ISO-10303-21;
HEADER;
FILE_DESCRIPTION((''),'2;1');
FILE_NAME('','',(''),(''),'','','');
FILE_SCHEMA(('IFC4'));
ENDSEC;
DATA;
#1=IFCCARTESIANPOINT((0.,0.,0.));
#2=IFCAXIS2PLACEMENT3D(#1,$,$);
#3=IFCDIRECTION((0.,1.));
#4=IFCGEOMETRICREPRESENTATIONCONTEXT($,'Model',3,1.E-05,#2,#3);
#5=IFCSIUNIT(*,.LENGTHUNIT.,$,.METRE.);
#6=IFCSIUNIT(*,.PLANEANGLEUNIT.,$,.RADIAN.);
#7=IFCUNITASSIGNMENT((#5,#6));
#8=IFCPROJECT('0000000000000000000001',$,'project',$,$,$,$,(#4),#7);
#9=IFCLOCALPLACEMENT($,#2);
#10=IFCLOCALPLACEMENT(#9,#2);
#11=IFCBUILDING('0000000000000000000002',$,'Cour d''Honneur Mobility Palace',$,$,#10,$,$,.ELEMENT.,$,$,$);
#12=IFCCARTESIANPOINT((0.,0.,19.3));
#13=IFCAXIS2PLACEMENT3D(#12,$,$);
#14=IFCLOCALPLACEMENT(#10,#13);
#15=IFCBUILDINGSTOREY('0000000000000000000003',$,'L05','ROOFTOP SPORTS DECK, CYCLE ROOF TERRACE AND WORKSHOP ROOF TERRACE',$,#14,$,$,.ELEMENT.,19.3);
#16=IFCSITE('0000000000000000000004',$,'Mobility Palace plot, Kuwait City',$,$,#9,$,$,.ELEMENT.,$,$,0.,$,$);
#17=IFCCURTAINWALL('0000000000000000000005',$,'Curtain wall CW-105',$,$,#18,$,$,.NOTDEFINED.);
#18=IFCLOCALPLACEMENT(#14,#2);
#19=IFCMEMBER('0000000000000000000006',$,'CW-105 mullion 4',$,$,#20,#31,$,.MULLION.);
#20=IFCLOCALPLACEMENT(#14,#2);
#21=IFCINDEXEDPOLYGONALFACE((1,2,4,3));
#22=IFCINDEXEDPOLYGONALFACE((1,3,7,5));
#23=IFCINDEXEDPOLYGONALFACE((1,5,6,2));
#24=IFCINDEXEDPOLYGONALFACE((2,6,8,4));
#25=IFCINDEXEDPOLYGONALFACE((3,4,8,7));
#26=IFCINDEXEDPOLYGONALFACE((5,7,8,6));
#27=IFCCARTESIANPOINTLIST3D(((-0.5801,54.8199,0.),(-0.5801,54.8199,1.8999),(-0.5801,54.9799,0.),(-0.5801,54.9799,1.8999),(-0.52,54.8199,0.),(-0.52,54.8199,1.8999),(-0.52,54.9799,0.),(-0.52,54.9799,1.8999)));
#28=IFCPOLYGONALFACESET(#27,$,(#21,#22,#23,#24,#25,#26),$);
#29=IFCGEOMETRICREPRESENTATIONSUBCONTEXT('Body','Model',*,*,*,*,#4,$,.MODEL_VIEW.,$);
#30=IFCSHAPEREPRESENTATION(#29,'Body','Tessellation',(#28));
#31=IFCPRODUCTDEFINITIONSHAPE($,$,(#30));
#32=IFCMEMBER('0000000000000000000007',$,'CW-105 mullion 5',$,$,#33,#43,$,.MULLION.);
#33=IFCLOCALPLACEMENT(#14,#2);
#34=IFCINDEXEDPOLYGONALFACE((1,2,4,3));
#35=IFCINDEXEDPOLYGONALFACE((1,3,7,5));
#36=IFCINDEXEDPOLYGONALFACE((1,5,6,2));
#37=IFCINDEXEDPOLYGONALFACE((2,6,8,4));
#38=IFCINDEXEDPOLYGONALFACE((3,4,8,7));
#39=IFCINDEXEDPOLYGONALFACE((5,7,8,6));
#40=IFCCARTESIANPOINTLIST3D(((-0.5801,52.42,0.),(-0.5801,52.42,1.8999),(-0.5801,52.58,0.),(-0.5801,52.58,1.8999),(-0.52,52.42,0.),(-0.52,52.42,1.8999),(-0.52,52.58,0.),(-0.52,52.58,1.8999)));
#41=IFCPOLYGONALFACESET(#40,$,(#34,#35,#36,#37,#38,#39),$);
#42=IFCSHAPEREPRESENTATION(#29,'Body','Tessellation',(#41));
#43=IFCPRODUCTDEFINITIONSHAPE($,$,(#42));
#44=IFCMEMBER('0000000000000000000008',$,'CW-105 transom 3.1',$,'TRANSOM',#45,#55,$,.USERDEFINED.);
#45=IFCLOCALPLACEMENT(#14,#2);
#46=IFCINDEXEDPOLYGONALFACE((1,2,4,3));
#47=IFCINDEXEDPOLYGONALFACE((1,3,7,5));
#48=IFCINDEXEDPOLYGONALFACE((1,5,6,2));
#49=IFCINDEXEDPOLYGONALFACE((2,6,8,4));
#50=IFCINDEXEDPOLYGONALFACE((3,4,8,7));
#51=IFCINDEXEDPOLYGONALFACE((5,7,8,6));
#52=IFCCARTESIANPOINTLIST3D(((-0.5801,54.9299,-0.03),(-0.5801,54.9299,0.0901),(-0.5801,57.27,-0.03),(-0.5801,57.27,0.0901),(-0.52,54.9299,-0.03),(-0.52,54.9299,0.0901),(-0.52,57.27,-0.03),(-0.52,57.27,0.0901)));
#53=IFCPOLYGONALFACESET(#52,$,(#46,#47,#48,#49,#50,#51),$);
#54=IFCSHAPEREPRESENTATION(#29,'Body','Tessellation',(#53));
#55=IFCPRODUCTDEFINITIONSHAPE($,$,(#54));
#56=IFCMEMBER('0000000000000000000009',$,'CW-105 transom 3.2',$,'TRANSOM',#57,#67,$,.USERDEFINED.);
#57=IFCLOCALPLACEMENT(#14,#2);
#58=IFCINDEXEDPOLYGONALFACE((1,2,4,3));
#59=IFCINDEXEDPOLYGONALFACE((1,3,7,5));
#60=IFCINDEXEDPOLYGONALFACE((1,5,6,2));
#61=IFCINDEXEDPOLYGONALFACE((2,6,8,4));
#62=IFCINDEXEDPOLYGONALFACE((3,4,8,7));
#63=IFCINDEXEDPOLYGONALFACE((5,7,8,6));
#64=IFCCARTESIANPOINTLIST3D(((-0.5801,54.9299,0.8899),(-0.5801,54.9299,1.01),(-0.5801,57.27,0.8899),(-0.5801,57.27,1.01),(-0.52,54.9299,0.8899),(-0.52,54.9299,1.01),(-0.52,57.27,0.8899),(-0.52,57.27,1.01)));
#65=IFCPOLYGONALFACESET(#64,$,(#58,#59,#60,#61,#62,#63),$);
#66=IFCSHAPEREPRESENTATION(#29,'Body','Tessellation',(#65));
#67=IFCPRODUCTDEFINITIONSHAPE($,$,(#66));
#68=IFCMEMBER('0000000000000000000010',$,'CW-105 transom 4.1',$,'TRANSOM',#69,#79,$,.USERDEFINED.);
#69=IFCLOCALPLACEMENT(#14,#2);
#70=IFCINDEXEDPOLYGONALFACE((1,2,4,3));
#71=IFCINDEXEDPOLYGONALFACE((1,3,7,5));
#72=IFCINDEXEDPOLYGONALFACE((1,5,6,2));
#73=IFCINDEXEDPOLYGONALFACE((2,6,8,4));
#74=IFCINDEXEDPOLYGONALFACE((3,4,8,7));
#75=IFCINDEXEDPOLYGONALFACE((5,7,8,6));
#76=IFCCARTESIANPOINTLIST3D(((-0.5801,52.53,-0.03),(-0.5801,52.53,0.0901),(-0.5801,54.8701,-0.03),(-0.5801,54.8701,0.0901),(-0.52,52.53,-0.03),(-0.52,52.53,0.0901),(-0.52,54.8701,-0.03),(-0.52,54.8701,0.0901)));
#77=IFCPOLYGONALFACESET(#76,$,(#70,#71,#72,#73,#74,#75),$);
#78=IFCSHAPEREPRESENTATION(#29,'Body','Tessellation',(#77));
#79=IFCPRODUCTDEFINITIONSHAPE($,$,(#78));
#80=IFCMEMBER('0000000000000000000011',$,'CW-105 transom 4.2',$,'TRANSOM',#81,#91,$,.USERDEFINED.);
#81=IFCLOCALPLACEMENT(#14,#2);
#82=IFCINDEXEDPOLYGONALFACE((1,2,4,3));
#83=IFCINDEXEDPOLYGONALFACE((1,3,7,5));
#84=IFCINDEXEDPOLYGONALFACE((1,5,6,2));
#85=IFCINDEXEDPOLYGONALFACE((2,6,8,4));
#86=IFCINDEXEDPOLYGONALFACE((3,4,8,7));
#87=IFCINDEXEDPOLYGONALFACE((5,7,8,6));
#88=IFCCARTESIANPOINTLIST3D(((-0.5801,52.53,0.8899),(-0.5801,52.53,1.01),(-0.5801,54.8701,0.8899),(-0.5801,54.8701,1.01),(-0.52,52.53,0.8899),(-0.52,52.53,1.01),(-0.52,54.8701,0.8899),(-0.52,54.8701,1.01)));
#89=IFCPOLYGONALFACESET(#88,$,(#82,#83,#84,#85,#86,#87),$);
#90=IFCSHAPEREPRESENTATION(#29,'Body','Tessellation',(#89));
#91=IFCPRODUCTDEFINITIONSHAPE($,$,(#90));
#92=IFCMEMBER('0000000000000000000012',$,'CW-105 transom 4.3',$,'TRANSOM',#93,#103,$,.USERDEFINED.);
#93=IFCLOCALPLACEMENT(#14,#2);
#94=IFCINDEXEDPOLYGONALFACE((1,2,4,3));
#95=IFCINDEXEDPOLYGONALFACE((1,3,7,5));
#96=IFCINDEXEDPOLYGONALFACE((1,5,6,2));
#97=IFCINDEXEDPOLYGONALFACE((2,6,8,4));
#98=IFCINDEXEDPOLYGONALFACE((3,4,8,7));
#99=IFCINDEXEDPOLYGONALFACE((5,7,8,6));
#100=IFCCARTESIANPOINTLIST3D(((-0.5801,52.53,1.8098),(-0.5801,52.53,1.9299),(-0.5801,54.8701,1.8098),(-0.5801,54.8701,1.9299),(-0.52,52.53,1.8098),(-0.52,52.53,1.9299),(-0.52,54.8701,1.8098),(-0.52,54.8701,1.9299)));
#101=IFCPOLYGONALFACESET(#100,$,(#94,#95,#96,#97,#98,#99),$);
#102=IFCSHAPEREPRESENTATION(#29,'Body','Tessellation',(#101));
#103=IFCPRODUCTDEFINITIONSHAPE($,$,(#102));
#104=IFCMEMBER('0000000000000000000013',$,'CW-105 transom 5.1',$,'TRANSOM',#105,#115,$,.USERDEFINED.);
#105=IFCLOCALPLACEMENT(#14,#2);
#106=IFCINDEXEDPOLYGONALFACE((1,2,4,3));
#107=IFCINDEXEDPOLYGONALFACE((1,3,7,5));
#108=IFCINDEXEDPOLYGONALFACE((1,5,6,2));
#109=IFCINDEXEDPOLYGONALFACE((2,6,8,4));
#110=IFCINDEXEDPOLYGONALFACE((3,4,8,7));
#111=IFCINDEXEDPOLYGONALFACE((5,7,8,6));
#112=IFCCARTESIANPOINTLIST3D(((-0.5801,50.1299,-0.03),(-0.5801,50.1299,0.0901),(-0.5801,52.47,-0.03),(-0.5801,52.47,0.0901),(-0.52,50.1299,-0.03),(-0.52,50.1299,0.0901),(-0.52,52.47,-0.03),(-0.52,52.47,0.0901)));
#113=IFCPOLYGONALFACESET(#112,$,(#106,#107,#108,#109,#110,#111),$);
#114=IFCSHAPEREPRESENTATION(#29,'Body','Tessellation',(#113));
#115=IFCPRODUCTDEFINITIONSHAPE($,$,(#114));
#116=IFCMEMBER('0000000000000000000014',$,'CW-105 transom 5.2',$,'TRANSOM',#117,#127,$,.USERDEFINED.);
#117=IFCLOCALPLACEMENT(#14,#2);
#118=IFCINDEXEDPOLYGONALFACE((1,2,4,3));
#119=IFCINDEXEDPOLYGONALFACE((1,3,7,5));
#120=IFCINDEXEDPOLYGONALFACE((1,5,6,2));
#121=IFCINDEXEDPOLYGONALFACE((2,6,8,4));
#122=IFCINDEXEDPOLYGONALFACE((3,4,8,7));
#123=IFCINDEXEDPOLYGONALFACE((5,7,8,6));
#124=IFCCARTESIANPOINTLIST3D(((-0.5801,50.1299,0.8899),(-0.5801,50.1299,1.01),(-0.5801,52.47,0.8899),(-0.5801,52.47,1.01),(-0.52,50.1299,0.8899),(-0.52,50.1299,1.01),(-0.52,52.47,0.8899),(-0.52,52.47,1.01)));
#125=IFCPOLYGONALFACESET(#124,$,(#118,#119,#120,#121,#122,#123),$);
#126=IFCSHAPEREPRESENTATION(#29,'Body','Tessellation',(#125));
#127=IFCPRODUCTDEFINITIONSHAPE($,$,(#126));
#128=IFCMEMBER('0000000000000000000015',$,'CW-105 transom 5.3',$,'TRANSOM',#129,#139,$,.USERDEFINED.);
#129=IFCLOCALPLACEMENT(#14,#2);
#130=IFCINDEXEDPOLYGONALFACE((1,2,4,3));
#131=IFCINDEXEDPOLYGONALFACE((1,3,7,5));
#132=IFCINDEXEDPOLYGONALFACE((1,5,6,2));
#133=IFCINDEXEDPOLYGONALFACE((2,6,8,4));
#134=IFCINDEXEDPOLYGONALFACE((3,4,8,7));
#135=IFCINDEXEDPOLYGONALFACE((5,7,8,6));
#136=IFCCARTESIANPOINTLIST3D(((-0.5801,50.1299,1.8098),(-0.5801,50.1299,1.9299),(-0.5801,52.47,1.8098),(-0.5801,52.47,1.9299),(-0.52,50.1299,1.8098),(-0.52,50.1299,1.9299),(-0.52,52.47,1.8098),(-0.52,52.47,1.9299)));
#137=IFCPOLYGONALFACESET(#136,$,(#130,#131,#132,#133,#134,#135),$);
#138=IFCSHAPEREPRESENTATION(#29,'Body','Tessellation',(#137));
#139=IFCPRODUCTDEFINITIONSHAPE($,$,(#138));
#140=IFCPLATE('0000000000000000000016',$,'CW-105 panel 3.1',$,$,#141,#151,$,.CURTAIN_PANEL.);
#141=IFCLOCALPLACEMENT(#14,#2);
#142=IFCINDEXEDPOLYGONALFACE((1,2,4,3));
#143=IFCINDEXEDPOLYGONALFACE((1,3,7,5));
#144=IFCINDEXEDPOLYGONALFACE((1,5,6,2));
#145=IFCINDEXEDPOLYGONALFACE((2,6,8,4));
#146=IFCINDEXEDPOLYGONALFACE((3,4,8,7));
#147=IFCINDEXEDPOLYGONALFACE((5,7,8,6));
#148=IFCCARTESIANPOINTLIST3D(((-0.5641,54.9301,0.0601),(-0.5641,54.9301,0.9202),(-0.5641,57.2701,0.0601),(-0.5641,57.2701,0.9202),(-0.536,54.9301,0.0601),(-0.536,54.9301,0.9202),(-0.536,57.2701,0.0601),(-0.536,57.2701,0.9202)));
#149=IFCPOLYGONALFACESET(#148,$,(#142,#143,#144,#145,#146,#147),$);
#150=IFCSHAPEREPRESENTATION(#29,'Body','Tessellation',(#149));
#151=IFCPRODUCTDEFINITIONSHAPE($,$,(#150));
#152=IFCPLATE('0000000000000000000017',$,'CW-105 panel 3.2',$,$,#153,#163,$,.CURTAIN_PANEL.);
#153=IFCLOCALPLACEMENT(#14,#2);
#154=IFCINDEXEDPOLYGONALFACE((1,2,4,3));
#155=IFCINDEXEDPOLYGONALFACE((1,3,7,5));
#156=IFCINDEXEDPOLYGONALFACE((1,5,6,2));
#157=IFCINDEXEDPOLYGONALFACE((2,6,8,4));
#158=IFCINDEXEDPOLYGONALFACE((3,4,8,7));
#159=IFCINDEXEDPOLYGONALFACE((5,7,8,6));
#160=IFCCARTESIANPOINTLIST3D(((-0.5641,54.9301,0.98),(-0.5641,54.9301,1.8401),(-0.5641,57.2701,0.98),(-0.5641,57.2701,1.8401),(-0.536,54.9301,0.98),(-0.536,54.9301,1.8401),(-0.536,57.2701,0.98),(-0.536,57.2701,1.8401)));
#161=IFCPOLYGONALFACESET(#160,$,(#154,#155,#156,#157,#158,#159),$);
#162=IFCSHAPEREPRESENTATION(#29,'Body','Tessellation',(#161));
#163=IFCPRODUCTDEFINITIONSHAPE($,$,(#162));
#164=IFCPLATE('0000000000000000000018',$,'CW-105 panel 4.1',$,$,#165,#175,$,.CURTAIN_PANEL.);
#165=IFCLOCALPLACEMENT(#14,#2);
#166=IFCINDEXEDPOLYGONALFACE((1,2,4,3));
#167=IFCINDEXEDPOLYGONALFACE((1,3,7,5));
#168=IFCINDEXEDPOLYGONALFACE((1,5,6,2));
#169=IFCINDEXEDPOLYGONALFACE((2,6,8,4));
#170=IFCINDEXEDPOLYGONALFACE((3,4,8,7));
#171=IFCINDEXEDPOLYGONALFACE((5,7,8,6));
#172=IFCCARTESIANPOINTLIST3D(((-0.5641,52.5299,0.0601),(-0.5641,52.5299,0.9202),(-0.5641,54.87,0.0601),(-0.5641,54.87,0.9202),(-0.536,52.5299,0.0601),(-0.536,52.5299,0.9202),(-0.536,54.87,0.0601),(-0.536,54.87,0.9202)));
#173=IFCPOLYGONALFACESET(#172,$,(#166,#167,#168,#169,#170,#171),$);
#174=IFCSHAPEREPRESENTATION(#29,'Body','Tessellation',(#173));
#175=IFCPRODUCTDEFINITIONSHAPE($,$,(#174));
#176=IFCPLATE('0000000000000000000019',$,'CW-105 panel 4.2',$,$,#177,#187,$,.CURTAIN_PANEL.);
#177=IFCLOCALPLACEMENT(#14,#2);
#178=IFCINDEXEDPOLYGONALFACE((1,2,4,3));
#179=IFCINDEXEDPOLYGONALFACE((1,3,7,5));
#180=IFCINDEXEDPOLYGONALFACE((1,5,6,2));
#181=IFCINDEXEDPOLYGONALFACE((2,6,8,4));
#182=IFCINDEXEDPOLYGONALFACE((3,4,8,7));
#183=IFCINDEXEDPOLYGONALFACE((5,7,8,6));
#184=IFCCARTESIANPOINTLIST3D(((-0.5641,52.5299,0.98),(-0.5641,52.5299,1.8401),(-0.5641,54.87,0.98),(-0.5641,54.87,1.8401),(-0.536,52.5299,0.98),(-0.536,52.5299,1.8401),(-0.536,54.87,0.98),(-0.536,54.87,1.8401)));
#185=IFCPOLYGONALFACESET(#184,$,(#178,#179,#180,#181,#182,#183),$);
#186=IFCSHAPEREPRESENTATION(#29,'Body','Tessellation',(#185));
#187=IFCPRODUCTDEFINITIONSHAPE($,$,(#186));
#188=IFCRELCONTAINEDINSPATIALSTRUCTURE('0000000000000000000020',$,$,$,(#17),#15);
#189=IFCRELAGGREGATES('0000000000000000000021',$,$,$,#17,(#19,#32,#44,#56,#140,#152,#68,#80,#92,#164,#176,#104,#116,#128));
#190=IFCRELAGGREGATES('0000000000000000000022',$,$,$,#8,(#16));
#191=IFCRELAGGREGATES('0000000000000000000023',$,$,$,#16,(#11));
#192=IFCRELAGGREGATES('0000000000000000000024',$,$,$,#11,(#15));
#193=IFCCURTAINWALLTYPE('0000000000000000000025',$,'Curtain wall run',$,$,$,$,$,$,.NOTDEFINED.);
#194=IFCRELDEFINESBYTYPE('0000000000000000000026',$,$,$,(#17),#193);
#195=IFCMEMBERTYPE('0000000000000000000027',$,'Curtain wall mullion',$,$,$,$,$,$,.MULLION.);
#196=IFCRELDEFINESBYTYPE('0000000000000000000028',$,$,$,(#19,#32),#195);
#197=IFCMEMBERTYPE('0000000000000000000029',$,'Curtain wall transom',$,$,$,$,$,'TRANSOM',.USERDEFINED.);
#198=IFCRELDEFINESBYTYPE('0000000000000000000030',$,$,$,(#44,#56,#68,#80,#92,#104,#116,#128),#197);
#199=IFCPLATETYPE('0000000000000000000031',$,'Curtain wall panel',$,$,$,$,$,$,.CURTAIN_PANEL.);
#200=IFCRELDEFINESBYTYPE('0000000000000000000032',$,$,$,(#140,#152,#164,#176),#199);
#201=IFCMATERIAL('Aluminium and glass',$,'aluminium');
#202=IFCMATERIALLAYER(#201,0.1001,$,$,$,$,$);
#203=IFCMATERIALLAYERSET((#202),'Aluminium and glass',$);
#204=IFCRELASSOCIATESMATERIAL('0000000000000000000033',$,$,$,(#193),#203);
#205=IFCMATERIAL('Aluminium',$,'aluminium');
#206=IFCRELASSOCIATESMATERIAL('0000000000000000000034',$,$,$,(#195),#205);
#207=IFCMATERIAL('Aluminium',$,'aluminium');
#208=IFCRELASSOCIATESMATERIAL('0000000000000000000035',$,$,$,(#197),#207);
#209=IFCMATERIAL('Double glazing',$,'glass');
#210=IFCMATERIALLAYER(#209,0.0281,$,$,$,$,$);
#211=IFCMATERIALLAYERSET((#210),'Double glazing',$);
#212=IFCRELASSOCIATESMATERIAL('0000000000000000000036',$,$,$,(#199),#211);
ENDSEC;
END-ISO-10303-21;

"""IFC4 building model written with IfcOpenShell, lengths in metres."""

from ifc_helpers import new_model, si_unit, direction, frame, origin, origin_2d, place, context, subcontext, project, spatial, rectangle, extrude, material, layer, layer_set, material_profile, profile_set, type_object, element, aggregate, save


model = new_model("IFC4")

# Units and contexts
model_context = context("Model", 3, precision=1e-05, world=origin(), true_north=direction((0.0, 1.0)))
body_context = subcontext(model_context, "Body", "Model", "MODEL_VIEW")
ifc_project = project(units=[si_unit("LENGTHUNIT", "METRE"), si_unit("PLANEANGLEUNIT", "RADIAN")], contexts=[model_context])

# Site, building, storey
site_placement = place(None, origin())
site = spatial("IfcSite", under=ifc_project, at=site_placement, Name="Mobility Palace plot, Kuwait City", CompositionType="ELEMENT", RefElevation=0.0)
building_placement = place(site_placement, origin())
building = spatial("IfcBuilding", under=site, at=building_placement, Name="Cour d'Honneur Mobility Palace", CompositionType="ELEMENT")
storey_placement = place(building_placement, frame((0.0, 0.0, 19.3)))
storey = spatial("IfcBuildingStorey", under=building, at=storey_placement, Name="L05", Description="ROOFTOP SPORTS DECK, CYCLE ROOF TERRACE AND WORKSHOP ROOF TERRACE", CompositionType="ELEMENT", Elevation=19.3)

# Curtain wall, members, plates
ifc_material_1 = material(Name="Aluminium and glass", Category="aluminium")
ifc_layer_1 = layer(ifc_material_1, 0.1001)
ifc_layer_set_1 = layer_set([ifc_layer_1], Name="Aluminium and glass")
curtain_wall_type = type_object("IfcCurtainWallType", Name="Curtain wall run", PredefinedType="NOTDEFINED", material=ifc_layer_set_1)
curtain_wall_placement = place(storey_placement, origin())
curtain_wall = element("IfcCurtainWall", 1, at=curtain_wall_placement, inside=storey, type_object=curtain_wall_type, Name="Curtain wall CW-105", PredefinedType="NOTDEFINED")
ifc_material_2 = material(Name="Aluminium", Category="aluminium")
ifc_material_profile_1 = material_profile(ifc_material_2, rectangle(XDim=0.0601, YDim=0.1599, at=origin_2d()), Name="Curtain wall mullion")
ifc_profile_set_1 = profile_set([ifc_material_profile_1], Name="Aluminium")
member_type_1 = type_object("IfcMemberType", Name="Curtain wall mullion", PredefinedType="MULLION", material=ifc_profile_set_1)
member_1_placement = place(storey_placement, frame((-0.55, 54.8999, 0.0), z_axis=(0.0, 0.0, 1.0), x_axis=(1.0, 0.0, 0.0)))
member_1 = element("IfcMember", 2, at=member_1_placement, type_object=member_type_1, Name="CW-105 mullion 4", PredefinedType="MULLION", context=body_context, shape_type="SweptSolid", body=[
    extrude(rectangle(XDim=0.0601, YDim=0.1599, at=origin_2d()), origin(), (0.0, 0.0, 1.0), 1.8999),
])
member_2_placement = place(storey_placement, frame((-0.55, 52.5, 0.0), z_axis=(0.0, 0.0, 1.0), x_axis=(1.0, 0.0, 0.0)))
member_2 = element("IfcMember", 3, at=member_2_placement, type_object=member_type_1, Name="CW-105 mullion 5", PredefinedType="MULLION", context=body_context, shape_type="SweptSolid", body=[
    extrude(rectangle(XDim=0.0601, YDim=0.1599, at=origin_2d()), origin(), (0.0, 0.0, 1.0), 1.8999),
])
ifc_material_3 = material(Name="Aluminium", Category="aluminium")
ifc_material_profile_2 = material_profile(ifc_material_3, rectangle(XDim=0.0601, YDim=0.1201, at=origin_2d()), Name="Curtain wall transom")
ifc_profile_set_2 = profile_set([ifc_material_profile_2], Name="Aluminium")
member_type_2 = type_object("IfcMemberType", Name="Curtain wall transom", ElementType="TRANSOM", PredefinedType="USERDEFINED", material=ifc_profile_set_2)
member_3_placement = place(storey_placement, frame((-0.55, 57.27, 0.03), z_axis=(0.0, -1.0, 0.0), x_axis=(1.0, 0.0, 0.0)))
member_3 = element("IfcMember", 4, at=member_3_placement, type_object=member_type_2, Name="CW-105 transom 3.1", ObjectType="TRANSOM", PredefinedType="USERDEFINED", context=body_context, shape_type="SweptSolid", body=[
    extrude(rectangle(XDim=0.0601, YDim=0.1201, at=origin_2d()), origin(), (0.0, 0.0, 1.0), 2.3401),
])
member_4_placement = place(storey_placement, frame((-0.55, 57.27, 0.95), z_axis=(0.0, -1.0, 0.0), x_axis=(1.0, 0.0, 0.0)))
member_4 = element("IfcMember", 5, at=member_4_placement, type_object=member_type_2, Name="CW-105 transom 3.2", ObjectType="TRANSOM", PredefinedType="USERDEFINED", context=body_context, shape_type="SweptSolid", body=[
    extrude(rectangle(XDim=0.0601, YDim=0.1201, at=origin_2d()), origin(), (0.0, 0.0, 1.0), 2.3401),
])
member_5_placement = place(storey_placement, frame((-0.55, 54.8701, 0.03), z_axis=(0.0, -1.0, 0.0), x_axis=(1.0, 0.0, 0.0)))
member_5 = element("IfcMember", 6, at=member_5_placement, type_object=member_type_2, Name="CW-105 transom 4.1", ObjectType="TRANSOM", PredefinedType="USERDEFINED", context=body_context, shape_type="SweptSolid", body=[
    extrude(rectangle(XDim=0.0601, YDim=0.1201, at=origin_2d()), origin(), (0.0, 0.0, 1.0), 2.3401),
])
member_6_placement = place(storey_placement, frame((-0.55, 54.8701, 0.95), z_axis=(0.0, -1.0, 0.0), x_axis=(1.0, 0.0, 0.0)))
member_6 = element("IfcMember", 7, at=member_6_placement, type_object=member_type_2, Name="CW-105 transom 4.2", ObjectType="TRANSOM", PredefinedType="USERDEFINED", context=body_context, shape_type="SweptSolid", body=[
    extrude(rectangle(XDim=0.0601, YDim=0.1201, at=origin_2d()), origin(), (0.0, 0.0, 1.0), 2.3401),
])
member_7_placement = place(storey_placement, frame((-0.55, 54.8701, 1.8699), z_axis=(0.0, -1.0, 0.0), x_axis=(1.0, 0.0, 0.0)))
member_7 = element("IfcMember", 8, at=member_7_placement, type_object=member_type_2, Name="CW-105 transom 4.3", ObjectType="TRANSOM", PredefinedType="USERDEFINED", context=body_context, shape_type="SweptSolid", body=[
    extrude(rectangle(XDim=0.0601, YDim=0.1201, at=origin_2d()), origin(), (0.0, 0.0, 1.0), 2.3401),
])
member_8_placement = place(storey_placement, frame((-0.55, 52.47, 0.03), z_axis=(0.0, -1.0, 0.0), x_axis=(1.0, 0.0, 0.0)))
member_8 = element("IfcMember", 9, at=member_8_placement, type_object=member_type_2, Name="CW-105 transom 5.1", ObjectType="TRANSOM", PredefinedType="USERDEFINED", context=body_context, shape_type="SweptSolid", body=[
    extrude(rectangle(XDim=0.0601, YDim=0.1201, at=origin_2d()), origin(), (0.0, 0.0, 1.0), 2.3401),
])
member_9_placement = place(storey_placement, frame((-0.55, 52.47, 0.95), z_axis=(0.0, -1.0, 0.0), x_axis=(1.0, 0.0, 0.0)))
member_9 = element("IfcMember", 10, at=member_9_placement, type_object=member_type_2, Name="CW-105 transom 5.2", ObjectType="TRANSOM", PredefinedType="USERDEFINED", context=body_context, shape_type="SweptSolid", body=[
    extrude(rectangle(XDim=0.0601, YDim=0.1201, at=origin_2d()), origin(), (0.0, 0.0, 1.0), 2.3401),
])
member_10_placement = place(storey_placement, frame((-0.55, 52.47, 1.8699), z_axis=(0.0, -1.0, 0.0), x_axis=(1.0, 0.0, 0.0)))
member_10 = element("IfcMember", 11, at=member_10_placement, type_object=member_type_2, Name="CW-105 transom 5.3", ObjectType="TRANSOM", PredefinedType="USERDEFINED", context=body_context, shape_type="SweptSolid", body=[
    extrude(rectangle(XDim=0.0601, YDim=0.1201, at=origin_2d()), origin(), (0.0, 0.0, 1.0), 2.3401),
])
ifc_material_4 = material(Name="Double glazing", Category="glass")
ifc_layer_2 = layer(ifc_material_4, 0.0281)
ifc_layer_set_2 = layer_set([ifc_layer_2], Name="Double glazing")
plate_type = type_object("IfcPlateType", Name="Curtain wall panel", PredefinedType="CURTAIN_PANEL", material=ifc_layer_set_2)
plate_1_placement = place(storey_placement, frame((-0.55, 56.1001, 0.0601), z_axis=(0.0, 0.0, 1.0), x_axis=(0.0, -1.0, 0.0)))
plate_1 = element("IfcPlate", 12, at=plate_1_placement, type_object=plate_type, Name="CW-105 panel 3.1", PredefinedType="CURTAIN_PANEL", context=body_context, shape_type="SweptSolid", body=[
    extrude(rectangle(XDim=2.3401, YDim=0.0281, at=origin_2d()), origin(), (0.0, 0.0, 1.0), 0.8601),
])
plate_2_placement = place(storey_placement, frame((-0.55, 56.1001, 0.98), z_axis=(0.0, 0.0, 1.0), x_axis=(0.0, -1.0, 0.0)))
plate_2 = element("IfcPlate", 13, at=plate_2_placement, type_object=plate_type, Name="CW-105 panel 3.2", PredefinedType="CURTAIN_PANEL", context=body_context, shape_type="SweptSolid", body=[
    extrude(rectangle(XDim=2.3401, YDim=0.0281, at=origin_2d()), origin(), (0.0, 0.0, 1.0), 0.8601),
])
plate_3_placement = place(storey_placement, frame((-0.55, 53.7, 0.0601), z_axis=(0.0, 0.0, 1.0), x_axis=(0.0, -1.0, 0.0)))
plate_3 = element("IfcPlate", 14, at=plate_3_placement, type_object=plate_type, Name="CW-105 panel 4.1", PredefinedType="CURTAIN_PANEL", context=body_context, shape_type="SweptSolid", body=[
    extrude(rectangle(XDim=2.3401, YDim=0.0281, at=origin_2d()), origin(), (0.0, 0.0, 1.0), 0.8601),
])
plate_4_placement = place(storey_placement, frame((-0.55, 53.7, 0.98), z_axis=(0.0, 0.0, 1.0), x_axis=(0.0, -1.0, 0.0)))
plate_4 = element("IfcPlate", 15, at=plate_4_placement, type_object=plate_type, Name="CW-105 panel 4.2", PredefinedType="CURTAIN_PANEL", context=body_context, shape_type="SweptSolid", body=[
    extrude(rectangle(XDim=2.3401, YDim=0.0281, at=origin_2d()), origin(), (0.0, 0.0, 1.0), 0.8601),
])
aggregate(curtain_wall, [member_1, member_2, member_3, member_4, plate_1, plate_2, member_5, member_6, member_7, plate_3, plate_4, member_8, member_9, member_10])

save(model, "model.ifc")
